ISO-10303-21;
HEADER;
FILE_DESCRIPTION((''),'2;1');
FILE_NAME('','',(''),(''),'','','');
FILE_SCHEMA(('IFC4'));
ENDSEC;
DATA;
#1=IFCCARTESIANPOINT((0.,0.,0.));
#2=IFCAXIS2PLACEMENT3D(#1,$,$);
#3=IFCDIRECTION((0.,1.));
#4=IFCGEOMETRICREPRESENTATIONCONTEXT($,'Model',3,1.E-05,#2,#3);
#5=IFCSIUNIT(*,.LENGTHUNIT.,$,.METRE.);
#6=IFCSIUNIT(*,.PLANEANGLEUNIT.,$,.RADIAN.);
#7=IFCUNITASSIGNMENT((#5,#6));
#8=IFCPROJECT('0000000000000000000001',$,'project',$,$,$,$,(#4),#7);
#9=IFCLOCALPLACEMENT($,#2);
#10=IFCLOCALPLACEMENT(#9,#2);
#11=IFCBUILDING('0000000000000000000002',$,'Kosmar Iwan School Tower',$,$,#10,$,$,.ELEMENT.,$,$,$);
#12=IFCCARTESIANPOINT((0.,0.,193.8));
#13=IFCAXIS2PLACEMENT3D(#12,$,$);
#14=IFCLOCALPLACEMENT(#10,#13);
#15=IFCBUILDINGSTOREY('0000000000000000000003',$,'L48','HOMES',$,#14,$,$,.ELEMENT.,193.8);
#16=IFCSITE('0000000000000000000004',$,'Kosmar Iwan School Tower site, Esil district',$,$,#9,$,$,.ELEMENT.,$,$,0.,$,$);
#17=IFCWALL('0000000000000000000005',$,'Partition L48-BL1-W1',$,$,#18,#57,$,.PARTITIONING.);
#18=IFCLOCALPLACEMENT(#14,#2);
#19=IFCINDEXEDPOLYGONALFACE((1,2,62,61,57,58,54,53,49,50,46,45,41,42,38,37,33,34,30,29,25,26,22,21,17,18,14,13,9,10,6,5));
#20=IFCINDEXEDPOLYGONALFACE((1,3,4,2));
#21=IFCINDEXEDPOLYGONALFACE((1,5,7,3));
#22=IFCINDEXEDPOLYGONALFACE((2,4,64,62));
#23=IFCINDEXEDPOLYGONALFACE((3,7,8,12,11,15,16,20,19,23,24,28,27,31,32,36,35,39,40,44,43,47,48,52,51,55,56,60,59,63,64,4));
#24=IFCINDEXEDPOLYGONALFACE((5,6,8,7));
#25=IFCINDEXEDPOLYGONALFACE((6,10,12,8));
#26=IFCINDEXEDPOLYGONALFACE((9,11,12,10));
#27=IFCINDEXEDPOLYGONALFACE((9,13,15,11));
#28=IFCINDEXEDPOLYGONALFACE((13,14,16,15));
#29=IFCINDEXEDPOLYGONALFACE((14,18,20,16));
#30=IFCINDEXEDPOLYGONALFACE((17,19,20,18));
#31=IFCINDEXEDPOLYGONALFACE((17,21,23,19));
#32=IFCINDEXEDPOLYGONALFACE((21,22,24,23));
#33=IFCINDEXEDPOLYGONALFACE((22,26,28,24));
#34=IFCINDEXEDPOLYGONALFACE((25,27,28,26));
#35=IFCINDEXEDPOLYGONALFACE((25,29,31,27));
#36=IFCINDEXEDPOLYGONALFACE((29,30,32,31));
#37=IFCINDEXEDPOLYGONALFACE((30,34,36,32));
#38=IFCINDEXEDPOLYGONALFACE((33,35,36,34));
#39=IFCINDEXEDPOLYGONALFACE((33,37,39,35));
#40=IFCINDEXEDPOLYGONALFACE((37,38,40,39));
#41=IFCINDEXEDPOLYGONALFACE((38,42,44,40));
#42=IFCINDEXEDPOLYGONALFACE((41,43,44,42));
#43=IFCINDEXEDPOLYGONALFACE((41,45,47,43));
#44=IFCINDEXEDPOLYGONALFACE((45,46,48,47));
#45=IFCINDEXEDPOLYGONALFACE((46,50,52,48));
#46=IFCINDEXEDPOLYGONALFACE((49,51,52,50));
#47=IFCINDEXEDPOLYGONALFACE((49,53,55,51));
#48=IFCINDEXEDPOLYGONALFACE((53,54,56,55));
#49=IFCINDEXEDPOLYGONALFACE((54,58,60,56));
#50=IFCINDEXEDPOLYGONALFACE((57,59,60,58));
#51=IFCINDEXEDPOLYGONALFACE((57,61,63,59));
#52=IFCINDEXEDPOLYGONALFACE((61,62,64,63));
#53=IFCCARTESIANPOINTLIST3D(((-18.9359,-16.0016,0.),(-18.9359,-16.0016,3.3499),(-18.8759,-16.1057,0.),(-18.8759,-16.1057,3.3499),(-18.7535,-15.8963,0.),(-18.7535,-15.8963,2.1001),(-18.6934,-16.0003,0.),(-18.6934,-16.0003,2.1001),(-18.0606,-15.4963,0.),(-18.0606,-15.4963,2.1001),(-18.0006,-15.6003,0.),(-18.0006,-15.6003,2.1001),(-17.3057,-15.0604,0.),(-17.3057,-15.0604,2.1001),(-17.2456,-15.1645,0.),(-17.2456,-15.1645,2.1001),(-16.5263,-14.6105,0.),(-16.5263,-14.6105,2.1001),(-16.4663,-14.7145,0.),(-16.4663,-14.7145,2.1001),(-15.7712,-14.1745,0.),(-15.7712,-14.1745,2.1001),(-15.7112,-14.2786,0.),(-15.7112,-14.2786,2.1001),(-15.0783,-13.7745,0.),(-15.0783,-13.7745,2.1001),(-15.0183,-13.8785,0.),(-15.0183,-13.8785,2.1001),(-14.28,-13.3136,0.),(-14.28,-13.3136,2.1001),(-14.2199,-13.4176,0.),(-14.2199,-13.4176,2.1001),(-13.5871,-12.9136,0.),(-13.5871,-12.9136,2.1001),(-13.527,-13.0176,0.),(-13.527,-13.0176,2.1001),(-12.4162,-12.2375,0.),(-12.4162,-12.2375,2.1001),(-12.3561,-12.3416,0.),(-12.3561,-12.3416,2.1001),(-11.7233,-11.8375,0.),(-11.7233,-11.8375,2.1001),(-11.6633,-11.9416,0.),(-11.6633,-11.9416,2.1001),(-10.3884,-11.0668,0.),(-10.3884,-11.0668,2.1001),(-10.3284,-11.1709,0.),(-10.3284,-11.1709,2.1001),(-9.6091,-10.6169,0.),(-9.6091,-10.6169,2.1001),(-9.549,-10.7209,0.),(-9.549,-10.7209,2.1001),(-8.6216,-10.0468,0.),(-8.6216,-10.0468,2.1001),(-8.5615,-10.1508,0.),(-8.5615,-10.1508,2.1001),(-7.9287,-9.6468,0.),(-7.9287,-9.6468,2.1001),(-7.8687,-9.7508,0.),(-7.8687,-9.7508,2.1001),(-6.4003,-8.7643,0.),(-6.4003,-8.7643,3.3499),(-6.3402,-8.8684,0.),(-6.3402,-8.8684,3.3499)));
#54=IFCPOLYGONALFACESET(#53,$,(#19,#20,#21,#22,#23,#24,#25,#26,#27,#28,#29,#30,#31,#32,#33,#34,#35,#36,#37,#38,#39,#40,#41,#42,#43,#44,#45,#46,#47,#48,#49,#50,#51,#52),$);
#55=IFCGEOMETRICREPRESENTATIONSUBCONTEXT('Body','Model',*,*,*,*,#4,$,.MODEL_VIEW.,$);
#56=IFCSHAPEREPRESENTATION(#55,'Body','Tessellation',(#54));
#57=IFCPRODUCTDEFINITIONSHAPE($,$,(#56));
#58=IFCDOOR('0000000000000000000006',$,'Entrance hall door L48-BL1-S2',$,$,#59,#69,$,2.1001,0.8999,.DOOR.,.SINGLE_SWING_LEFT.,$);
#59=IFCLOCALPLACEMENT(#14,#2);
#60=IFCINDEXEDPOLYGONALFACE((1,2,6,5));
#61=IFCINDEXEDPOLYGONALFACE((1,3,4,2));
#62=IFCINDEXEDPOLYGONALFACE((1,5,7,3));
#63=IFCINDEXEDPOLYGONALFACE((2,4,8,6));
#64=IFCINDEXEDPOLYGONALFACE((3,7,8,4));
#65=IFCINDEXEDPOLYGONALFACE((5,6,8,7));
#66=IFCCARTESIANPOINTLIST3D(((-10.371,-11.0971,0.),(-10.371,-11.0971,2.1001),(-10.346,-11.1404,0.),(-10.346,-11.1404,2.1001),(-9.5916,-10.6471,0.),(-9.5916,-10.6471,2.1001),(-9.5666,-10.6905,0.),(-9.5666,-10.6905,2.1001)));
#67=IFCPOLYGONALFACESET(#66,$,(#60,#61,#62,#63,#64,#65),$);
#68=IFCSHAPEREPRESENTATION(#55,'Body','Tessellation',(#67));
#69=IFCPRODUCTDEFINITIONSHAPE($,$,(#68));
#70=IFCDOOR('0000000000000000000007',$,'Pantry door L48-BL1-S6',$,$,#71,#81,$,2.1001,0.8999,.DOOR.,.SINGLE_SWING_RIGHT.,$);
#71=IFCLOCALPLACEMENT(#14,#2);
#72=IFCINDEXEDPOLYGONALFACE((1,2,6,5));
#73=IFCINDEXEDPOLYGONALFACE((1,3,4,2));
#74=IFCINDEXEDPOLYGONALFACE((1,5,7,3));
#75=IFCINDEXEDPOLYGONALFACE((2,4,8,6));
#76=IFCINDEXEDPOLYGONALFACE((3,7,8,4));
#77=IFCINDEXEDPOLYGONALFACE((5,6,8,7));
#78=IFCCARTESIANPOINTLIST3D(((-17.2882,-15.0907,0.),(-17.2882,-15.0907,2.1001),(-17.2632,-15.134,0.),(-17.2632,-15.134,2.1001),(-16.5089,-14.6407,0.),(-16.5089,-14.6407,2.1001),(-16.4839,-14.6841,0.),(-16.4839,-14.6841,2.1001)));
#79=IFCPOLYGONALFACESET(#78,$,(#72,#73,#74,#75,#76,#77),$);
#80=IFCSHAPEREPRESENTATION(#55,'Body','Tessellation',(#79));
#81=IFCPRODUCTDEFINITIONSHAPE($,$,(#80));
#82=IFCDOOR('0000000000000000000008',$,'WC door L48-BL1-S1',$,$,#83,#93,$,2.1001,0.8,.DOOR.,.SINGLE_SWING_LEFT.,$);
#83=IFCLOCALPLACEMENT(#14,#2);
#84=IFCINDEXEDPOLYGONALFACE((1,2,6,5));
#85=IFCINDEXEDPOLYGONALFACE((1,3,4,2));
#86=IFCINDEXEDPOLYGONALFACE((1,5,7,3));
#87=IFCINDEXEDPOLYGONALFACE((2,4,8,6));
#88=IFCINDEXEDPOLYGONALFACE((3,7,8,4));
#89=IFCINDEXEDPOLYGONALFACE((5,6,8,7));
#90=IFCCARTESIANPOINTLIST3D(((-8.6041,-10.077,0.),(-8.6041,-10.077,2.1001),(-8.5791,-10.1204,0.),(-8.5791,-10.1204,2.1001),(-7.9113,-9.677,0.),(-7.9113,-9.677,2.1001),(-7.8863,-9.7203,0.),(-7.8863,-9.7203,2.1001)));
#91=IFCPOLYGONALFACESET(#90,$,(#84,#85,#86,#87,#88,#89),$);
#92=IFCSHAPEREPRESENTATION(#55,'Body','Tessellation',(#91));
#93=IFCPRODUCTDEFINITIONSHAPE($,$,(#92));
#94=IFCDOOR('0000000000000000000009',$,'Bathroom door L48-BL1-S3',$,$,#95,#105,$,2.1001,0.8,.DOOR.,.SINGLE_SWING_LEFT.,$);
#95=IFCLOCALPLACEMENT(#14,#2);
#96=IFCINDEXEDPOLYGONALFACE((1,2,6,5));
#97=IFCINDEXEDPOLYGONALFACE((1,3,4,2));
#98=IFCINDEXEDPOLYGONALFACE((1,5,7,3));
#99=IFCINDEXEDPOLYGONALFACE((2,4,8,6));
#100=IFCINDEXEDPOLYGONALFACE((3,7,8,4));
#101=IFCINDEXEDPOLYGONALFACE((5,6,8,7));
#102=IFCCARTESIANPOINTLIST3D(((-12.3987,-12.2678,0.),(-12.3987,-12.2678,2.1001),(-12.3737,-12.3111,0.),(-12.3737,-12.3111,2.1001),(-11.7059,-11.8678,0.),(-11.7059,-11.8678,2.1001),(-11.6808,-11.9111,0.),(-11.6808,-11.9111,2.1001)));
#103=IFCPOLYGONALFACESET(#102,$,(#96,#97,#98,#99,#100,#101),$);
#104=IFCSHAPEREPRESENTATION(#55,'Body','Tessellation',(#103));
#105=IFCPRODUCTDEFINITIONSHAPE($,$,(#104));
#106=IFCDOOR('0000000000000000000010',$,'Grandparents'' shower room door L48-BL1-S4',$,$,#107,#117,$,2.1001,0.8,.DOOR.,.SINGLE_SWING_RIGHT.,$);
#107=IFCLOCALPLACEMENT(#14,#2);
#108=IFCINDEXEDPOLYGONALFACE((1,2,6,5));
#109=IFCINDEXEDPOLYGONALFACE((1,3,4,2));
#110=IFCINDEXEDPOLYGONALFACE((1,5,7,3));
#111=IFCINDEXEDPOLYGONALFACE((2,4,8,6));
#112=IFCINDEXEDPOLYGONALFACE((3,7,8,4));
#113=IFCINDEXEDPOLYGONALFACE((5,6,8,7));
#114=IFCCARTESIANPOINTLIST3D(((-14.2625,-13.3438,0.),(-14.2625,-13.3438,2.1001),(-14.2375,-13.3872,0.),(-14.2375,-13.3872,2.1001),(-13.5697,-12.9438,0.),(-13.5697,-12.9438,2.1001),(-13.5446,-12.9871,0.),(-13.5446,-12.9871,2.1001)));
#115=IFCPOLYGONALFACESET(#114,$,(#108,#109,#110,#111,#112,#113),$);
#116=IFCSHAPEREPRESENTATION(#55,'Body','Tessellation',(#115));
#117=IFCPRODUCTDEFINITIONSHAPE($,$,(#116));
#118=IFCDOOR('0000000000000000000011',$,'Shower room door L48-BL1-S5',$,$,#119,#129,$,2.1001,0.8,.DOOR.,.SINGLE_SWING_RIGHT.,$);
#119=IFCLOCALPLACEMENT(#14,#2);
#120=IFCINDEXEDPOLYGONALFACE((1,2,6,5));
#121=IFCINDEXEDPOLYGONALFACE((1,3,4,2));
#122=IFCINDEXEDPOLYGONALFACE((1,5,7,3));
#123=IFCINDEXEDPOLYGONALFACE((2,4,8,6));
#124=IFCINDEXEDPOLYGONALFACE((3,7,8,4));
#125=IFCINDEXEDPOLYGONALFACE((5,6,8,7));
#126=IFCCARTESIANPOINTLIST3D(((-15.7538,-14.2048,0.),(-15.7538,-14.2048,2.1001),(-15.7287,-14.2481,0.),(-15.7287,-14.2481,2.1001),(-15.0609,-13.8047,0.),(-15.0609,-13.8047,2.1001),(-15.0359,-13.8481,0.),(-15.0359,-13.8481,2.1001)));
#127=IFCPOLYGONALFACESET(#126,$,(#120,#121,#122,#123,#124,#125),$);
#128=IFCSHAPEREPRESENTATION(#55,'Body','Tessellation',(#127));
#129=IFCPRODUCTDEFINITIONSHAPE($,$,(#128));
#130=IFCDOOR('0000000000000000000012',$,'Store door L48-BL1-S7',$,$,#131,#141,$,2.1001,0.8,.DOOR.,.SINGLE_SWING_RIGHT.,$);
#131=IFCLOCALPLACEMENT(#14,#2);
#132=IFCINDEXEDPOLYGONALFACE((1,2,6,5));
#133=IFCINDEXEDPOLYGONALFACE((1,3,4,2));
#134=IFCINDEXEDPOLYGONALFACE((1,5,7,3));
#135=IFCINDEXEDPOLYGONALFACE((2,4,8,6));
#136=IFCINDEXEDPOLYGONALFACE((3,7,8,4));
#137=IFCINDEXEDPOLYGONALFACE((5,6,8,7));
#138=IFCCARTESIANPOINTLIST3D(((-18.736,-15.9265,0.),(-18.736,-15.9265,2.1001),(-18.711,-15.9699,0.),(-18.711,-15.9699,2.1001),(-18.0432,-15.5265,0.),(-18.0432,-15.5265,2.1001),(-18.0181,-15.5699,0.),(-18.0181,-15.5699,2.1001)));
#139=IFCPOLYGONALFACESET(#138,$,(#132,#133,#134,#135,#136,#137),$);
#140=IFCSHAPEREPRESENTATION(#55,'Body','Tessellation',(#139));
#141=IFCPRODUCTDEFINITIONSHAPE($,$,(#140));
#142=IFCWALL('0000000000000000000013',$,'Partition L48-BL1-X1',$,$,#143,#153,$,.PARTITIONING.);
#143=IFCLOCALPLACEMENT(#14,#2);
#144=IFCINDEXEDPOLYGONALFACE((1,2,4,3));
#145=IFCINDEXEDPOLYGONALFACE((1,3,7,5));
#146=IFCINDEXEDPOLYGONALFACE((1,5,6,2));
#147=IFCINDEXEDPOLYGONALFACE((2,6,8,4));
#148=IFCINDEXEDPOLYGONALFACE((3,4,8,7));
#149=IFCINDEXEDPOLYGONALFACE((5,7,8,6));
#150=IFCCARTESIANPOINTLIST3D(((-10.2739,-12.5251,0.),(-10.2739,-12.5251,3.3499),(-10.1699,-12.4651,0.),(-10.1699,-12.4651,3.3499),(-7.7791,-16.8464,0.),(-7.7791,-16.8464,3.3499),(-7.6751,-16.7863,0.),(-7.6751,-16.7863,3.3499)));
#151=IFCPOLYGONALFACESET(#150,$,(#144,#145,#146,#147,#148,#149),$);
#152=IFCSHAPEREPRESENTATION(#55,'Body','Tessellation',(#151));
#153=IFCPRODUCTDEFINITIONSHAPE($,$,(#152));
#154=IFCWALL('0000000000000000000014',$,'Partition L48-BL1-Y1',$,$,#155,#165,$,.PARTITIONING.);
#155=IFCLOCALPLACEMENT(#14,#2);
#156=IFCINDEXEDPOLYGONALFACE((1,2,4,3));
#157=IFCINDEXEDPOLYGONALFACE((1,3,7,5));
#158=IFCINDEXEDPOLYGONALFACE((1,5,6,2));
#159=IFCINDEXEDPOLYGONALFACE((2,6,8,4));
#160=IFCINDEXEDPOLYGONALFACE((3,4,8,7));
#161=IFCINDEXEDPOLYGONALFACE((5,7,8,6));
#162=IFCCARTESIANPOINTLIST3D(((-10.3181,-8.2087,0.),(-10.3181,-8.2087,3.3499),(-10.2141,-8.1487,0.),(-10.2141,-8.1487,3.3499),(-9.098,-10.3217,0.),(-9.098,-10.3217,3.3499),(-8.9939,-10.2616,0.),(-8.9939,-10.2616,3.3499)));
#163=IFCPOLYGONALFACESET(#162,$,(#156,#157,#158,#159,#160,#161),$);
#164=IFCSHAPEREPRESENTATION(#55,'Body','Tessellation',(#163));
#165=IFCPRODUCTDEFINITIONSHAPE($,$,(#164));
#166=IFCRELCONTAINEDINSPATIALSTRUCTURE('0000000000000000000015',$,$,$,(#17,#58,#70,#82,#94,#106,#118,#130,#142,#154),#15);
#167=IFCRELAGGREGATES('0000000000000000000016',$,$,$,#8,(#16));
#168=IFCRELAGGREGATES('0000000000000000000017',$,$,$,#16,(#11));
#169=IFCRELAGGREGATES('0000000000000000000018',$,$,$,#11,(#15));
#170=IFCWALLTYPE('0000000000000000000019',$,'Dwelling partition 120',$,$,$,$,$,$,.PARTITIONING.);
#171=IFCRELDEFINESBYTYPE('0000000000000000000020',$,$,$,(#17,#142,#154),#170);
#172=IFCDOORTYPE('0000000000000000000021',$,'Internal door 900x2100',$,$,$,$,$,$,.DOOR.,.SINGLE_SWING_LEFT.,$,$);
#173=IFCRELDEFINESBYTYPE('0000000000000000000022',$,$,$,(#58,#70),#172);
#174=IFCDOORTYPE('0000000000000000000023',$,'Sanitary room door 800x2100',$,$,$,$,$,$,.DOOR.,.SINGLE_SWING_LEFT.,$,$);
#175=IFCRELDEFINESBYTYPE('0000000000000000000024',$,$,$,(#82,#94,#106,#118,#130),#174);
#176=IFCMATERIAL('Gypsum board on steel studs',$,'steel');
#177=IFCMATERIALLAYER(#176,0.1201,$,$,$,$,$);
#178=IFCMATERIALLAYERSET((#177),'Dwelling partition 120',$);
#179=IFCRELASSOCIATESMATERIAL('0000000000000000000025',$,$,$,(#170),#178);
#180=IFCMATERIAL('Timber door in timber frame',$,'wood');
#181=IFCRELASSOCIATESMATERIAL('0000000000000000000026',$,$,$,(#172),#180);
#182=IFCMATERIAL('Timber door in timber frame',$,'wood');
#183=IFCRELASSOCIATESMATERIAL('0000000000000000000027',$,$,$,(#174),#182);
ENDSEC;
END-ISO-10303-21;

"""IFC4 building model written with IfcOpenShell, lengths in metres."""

from ifc_helpers import new_model, si_unit, direction, frame, frame_2d, origin, place, context, subcontext, project, spatial, rectangle, extrude, material, layer, layer_set, type_object, element, fill, save


model = new_model("IFC4")

# Units and contexts
model_context = context("Model", 3, precision=1e-05, world=origin(), true_north=direction((0.0, 1.0)))
body_context = subcontext(model_context, "Body", "Model", "MODEL_VIEW")
ifc_project = project(units=[si_unit("LENGTHUNIT", "METRE"), si_unit("PLANEANGLEUNIT", "RADIAN")], contexts=[model_context])

# Site, building, storey
site_placement = place(None, origin())
site = spatial("IfcSite", under=ifc_project, at=site_placement, Name="Kosmar Iwan School Tower site, Esil district", CompositionType="ELEMENT", RefElevation=0.0)
building_placement = place(site_placement, origin())
building = spatial("IfcBuilding", under=site, at=building_placement, Name="Kosmar Iwan School Tower", CompositionType="ELEMENT")
storey_placement = place(building_placement, frame((0.0, 0.0, 193.8)))
storey = spatial("IfcBuildingStorey", under=building, at=storey_placement, Name="L48", Description="HOMES", CompositionType="ELEMENT", Elevation=193.8)

# Wall, openings, doors
ifc_material_1 = material(Name="Gypsum board on steel studs", Category="steel")
ifc_layer_1 = layer(ifc_material_1, 0.1201)
ifc_layer_set_1 = layer_set([ifc_layer_1], Name="Dwelling partition 120")
wall_type_1 = type_object("IfcWallType", Name="Dwelling partition 120", PredefinedType="PARTITIONING", material=ifc_layer_set_1)
wall_1_placement = place(storey_placement, frame((-6.3704, -8.8164, 0.0), z_axis=(0.0, 0.0, 1.0), x_axis=(-0.86603, -0.499992, 0.0)))
wall_1 = element("IfcWall", 1, at=wall_1_placement, inside=storey, type_object=wall_type_1, Name="Partition L48-BL1-W1", PredefinedType="PARTITIONING", context=body_context, shape_type="SweptSolid", body=[
    extrude(rectangle(XDim=14.4749, YDim=0.1201, at=frame_2d((7.2373, 0.0))), origin(), (0.0, 0.0, 1.0), 3.3499),
])
opening_1_placement = place(wall_1_placement, frame((1.7649, 0.0, 0.0)))
opening_1 = element("IfcOpeningElement", 2, at=opening_1_placement, cuts=wall_1, PredefinedType="OPENING", context=body_context, shape_type="SweptSolid", body=[
    extrude(rectangle(XDim=0.8, YDim=2.1001, at=frame_2d((0.3999, 1.05))), frame((0.0, 0.072, 0.0), z_axis=(0.0, -1.0, 0.0), x_axis=(1.0, 0.0, 0.0)), (0.0, 0.0, 1.0), 0.144),
])
opening_2_placement = place(wall_1_placement, frame((3.7051, 0.0, 0.0)))
opening_2 = element("IfcOpeningElement", 3, at=opening_2_placement, cuts=wall_1, PredefinedType="OPENING", context=body_context, shape_type="SweptSolid", body=[
    extrude(rectangle(XDim=0.8999, YDim=2.1001, at=frame_2d((0.45, 1.05))), frame((0.0, 0.072, 0.0), z_axis=(0.0, -1.0, 0.0), x_axis=(1.0, 0.0, 0.0)), (0.0, 0.0, 1.0), 0.144),
])
opening_3_placement = place(wall_1_placement, frame((6.1465, 0.0, 0.0)))
opening_3 = element("IfcOpeningElement", 4, at=opening_3_placement, cuts=wall_1, PredefinedType="OPENING", context=body_context, shape_type="SweptSolid", body=[
    extrude(rectangle(XDim=0.8, YDim=2.1001, at=frame_2d((0.3999, 1.05))), frame((0.0, 0.072, 0.0), z_axis=(0.0, -1.0, 0.0), x_axis=(1.0, 0.0, 0.0)), (0.0, 0.0, 1.0), 0.144),
])
opening_4_placement = place(wall_1_placement, frame((8.2986, 0.0, 0.0)))
opening_4 = element("IfcOpeningElement", 5, at=opening_4_placement, cuts=wall_1, PredefinedType="OPENING", context=body_context, shape_type="SweptSolid", body=[
    extrude(rectangle(XDim=0.8, YDim=2.1001, at=frame_2d((0.3999, 1.05))), frame((0.0, 0.072, 0.0), z_axis=(0.0, -1.0, 0.0), x_axis=(1.0, 0.0, 0.0)), (0.0, 0.0, 1.0), 0.144),
])
opening_5_placement = place(wall_1_placement, frame((10.0205, 0.0, 0.0)))
opening_5 = element("IfcOpeningElement", 6, at=opening_5_placement, cuts=wall_1, PredefinedType="OPENING", context=body_context, shape_type="SweptSolid", body=[
    extrude(rectangle(XDim=0.8, YDim=2.1001, at=frame_2d((0.3999, 1.05))), frame((0.0, 0.072, 0.0), z_axis=(0.0, -1.0, 0.0), x_axis=(1.0, 0.0, 0.0)), (0.0, 0.0, 1.0), 0.144),
])
opening_6_placement = place(wall_1_placement, frame((11.6924, 0.0, 0.0)))
opening_6 = element("IfcOpeningElement", 7, at=opening_6_placement, cuts=wall_1, PredefinedType="OPENING", context=body_context, shape_type="SweptSolid", body=[
    extrude(rectangle(XDim=0.8999, YDim=2.1001, at=frame_2d((0.45, 1.05))), frame((0.0, 0.072, 0.0), z_axis=(0.0, -1.0, 0.0), x_axis=(1.0, 0.0, 0.0)), (0.0, 0.0, 1.0), 0.144),
])
opening_7_placement = place(wall_1_placement, frame((13.4641, 0.0, 0.0)))
opening_7 = element("IfcOpeningElement", 8, at=opening_7_placement, cuts=wall_1, PredefinedType="OPENING", context=body_context, shape_type="SweptSolid", body=[
    extrude(rectangle(XDim=0.8, YDim=2.1001, at=frame_2d((0.3999, 1.05))), frame((0.0, 0.072, 0.0), z_axis=(0.0, -1.0, 0.0), x_axis=(1.0, 0.0, 0.0)), (0.0, 0.0, 1.0), 0.144),
])
ifc_material_2 = material(Name="Timber door in timber frame", Category="wood")
door_type_1 = type_object("IfcDoorType", Name="Internal door 900x2100", OperationType="SINGLE_SWING_LEFT", PredefinedType="DOOR", material=ifc_material_2)
door_1_placement = place(opening_2_placement, origin())
door_1 = element("IfcDoor", 9, at=door_1_placement, inside=storey, type_object=door_type_1, Name="Entrance hall door L48-BL1-S2", OperationType="SINGLE_SWING_LEFT", OverallHeight=2.1001, OverallWidth=0.8999, PredefinedType="DOOR", context=body_context, shape_type="SweptSolid", body=[
    extrude(rectangle(XDim=0.8999, YDim=2.1001, at=frame_2d((0.45, 1.05))), frame((0.0, 0.0249, 0.0), z_axis=(0.0, -1.0, 0.0), x_axis=(1.0, 0.0, 0.0)), (0.0, 0.0, 1.0), 0.05),
])
fill(opening_2, door_1)
door_2_placement = place(opening_6_placement, origin())
door_2 = element("IfcDoor", 10, at=door_2_placement, inside=storey, type_object=door_type_1, Name="Pantry door L48-BL1-S6", OperationType="SINGLE_SWING_RIGHT", OverallHeight=2.1001, OverallWidth=0.8999, PredefinedType="DOOR", context=body_context, shape_type="SweptSolid", body=[
    extrude(rectangle(XDim=0.8999, YDim=2.1001, at=frame_2d((0.45, 1.05))), frame((0.0, 0.0249, 0.0), z_axis=(0.0, -1.0, 0.0), x_axis=(1.0, 0.0, 0.0)), (0.0, 0.0, 1.0), 0.05),
])
fill(opening_6, door_2)
ifc_material_3 = material(Name="Timber door in timber frame", Category="wood")
door_type_2 = type_object("IfcDoorType", Name="Sanitary room door 800x2100", OperationType="SINGLE_SWING_LEFT", PredefinedType="DOOR", material=ifc_material_3)
door_3_placement = place(opening_1_placement, origin())
door_3 = element("IfcDoor", 11, at=door_3_placement, inside=storey, type_object=door_type_2, Name="WC door L48-BL1-S1", OperationType="SINGLE_SWING_LEFT", OverallHeight=2.1001, OverallWidth=0.8, PredefinedType="DOOR", context=body_context, shape_type="SweptSolid", body=[
    extrude(rectangle(XDim=0.8, YDim=2.1001, at=frame_2d((0.3999, 1.05))), frame((0.0, 0.0249, 0.0), z_axis=(0.0, -1.0, 0.0), x_axis=(1.0, 0.0, 0.0)), (0.0, 0.0, 1.0), 0.05),
])
fill(opening_1, door_3)
door_4_placement = place(opening_3_placement, origin())
door_4 = element("IfcDoor", 12, at=door_4_placement, inside=storey, type_object=door_type_2, Name="Bathroom door L48-BL1-S3", OperationType="SINGLE_SWING_LEFT", OverallHeight=2.1001, OverallWidth=0.8, PredefinedType="DOOR", context=body_context, shape_type="SweptSolid", body=[
    extrude(rectangle(XDim=0.8, YDim=2.1001, at=frame_2d((0.3999, 1.05))), frame((0.0, 0.0249, 0.0), z_axis=(0.0, -1.0, 0.0), x_axis=(1.0, 0.0, 0.0)), (0.0, 0.0, 1.0), 0.05),
])
fill(opening_3, door_4)
door_5_placement = place(opening_4_placement, origin())
door_5 = element("IfcDoor", 13, at=door_5_placement, inside=storey, type_object=door_type_2, Name="Grandparents' shower room door L48-BL1-S4", OperationType="SINGLE_SWING_RIGHT", OverallHeight=2.1001, OverallWidth=0.8, PredefinedType="DOOR", context=body_context, shape_type="SweptSolid", body=[
    extrude(rectangle(XDim=0.8, YDim=2.1001, at=frame_2d((0.3999, 1.05))), frame((0.0, 0.0249, 0.0), z_axis=(0.0, -1.0, 0.0), x_axis=(1.0, 0.0, 0.0)), (0.0, 0.0, 1.0), 0.05),
])
fill(opening_4, door_5)
door_6_placement = place(opening_5_placement, origin())
door_6 = element("IfcDoor", 14, at=door_6_placement, inside=storey, type_object=door_type_2, Name="Shower room door L48-BL1-S5", OperationType="SINGLE_SWING_RIGHT", OverallHeight=2.1001, OverallWidth=0.8, PredefinedType="DOOR", context=body_context, shape_type="SweptSolid", body=[
    extrude(rectangle(XDim=0.8, YDim=2.1001, at=frame_2d((0.3999, 1.05))), frame((0.0, 0.0249, 0.0), z_axis=(0.0, -1.0, 0.0), x_axis=(1.0, 0.0, 0.0)), (0.0, 0.0, 1.0), 0.05),
])
fill(opening_5, door_6)
door_7_placement = place(opening_7_placement, origin())
door_7 = element("IfcDoor", 15, at=door_7_placement, inside=storey, type_object=door_type_2, Name="Store door L48-BL1-S7", OperationType="SINGLE_SWING_RIGHT", OverallHeight=2.1001, OverallWidth=0.8, PredefinedType="DOOR", context=body_context, shape_type="SweptSolid", body=[
    extrude(rectangle(XDim=0.8, YDim=2.1001, at=frame_2d((0.3999, 1.05))), frame((0.0, 0.0249, 0.0), z_axis=(0.0, -1.0, 0.0), x_axis=(1.0, 0.0, 0.0)), (0.0, 0.0, 1.0), 0.05),
])
fill(opening_7, door_7)

# Walls
wall_2_placement = place(storey_placement, frame((-10.2219, -12.4951, 0.0), z_axis=(0.0, 0.0, 1.0), x_axis=(0.499996, -0.866028, 0.0)))
element("IfcWall", 16, at=wall_2_placement, inside=storey, type_object=wall_type_1, Name="Partition L48-BL1-X1", PredefinedType="PARTITIONING", context=body_context, shape_type="SweptSolid", body=[
    extrude(rectangle(XDim=4.9897, YDim=0.1201, at=frame_2d((2.4949, 0.0))), origin(), (0.0, 0.0, 1.0), 3.3499),
])
for number, where, z_axis, x_axis, name in (
    (17, (-10.2661, -8.1787, 0.0), (0.0, 0.0, 1.0), (0.500078, -0.865981, 0.0), "Partition L48-BL1-Y1"),
):
    element("IfcWall", number, at=place(storey_placement, frame(where, z_axis=z_axis, x_axis=x_axis)), inside=storey, type_object=wall_type_1, Name=name, PredefinedType="PARTITIONING", context=body_context, shape_type="SweptSolid", body=[
        extrude(rectangle(XDim=2.4399, YDim=0.1201, at=frame_2d((1.22, 0.0))), origin(), (0.0, 0.0, 1.0), 3.3499),
    ])

save(model, "model.ifc")
